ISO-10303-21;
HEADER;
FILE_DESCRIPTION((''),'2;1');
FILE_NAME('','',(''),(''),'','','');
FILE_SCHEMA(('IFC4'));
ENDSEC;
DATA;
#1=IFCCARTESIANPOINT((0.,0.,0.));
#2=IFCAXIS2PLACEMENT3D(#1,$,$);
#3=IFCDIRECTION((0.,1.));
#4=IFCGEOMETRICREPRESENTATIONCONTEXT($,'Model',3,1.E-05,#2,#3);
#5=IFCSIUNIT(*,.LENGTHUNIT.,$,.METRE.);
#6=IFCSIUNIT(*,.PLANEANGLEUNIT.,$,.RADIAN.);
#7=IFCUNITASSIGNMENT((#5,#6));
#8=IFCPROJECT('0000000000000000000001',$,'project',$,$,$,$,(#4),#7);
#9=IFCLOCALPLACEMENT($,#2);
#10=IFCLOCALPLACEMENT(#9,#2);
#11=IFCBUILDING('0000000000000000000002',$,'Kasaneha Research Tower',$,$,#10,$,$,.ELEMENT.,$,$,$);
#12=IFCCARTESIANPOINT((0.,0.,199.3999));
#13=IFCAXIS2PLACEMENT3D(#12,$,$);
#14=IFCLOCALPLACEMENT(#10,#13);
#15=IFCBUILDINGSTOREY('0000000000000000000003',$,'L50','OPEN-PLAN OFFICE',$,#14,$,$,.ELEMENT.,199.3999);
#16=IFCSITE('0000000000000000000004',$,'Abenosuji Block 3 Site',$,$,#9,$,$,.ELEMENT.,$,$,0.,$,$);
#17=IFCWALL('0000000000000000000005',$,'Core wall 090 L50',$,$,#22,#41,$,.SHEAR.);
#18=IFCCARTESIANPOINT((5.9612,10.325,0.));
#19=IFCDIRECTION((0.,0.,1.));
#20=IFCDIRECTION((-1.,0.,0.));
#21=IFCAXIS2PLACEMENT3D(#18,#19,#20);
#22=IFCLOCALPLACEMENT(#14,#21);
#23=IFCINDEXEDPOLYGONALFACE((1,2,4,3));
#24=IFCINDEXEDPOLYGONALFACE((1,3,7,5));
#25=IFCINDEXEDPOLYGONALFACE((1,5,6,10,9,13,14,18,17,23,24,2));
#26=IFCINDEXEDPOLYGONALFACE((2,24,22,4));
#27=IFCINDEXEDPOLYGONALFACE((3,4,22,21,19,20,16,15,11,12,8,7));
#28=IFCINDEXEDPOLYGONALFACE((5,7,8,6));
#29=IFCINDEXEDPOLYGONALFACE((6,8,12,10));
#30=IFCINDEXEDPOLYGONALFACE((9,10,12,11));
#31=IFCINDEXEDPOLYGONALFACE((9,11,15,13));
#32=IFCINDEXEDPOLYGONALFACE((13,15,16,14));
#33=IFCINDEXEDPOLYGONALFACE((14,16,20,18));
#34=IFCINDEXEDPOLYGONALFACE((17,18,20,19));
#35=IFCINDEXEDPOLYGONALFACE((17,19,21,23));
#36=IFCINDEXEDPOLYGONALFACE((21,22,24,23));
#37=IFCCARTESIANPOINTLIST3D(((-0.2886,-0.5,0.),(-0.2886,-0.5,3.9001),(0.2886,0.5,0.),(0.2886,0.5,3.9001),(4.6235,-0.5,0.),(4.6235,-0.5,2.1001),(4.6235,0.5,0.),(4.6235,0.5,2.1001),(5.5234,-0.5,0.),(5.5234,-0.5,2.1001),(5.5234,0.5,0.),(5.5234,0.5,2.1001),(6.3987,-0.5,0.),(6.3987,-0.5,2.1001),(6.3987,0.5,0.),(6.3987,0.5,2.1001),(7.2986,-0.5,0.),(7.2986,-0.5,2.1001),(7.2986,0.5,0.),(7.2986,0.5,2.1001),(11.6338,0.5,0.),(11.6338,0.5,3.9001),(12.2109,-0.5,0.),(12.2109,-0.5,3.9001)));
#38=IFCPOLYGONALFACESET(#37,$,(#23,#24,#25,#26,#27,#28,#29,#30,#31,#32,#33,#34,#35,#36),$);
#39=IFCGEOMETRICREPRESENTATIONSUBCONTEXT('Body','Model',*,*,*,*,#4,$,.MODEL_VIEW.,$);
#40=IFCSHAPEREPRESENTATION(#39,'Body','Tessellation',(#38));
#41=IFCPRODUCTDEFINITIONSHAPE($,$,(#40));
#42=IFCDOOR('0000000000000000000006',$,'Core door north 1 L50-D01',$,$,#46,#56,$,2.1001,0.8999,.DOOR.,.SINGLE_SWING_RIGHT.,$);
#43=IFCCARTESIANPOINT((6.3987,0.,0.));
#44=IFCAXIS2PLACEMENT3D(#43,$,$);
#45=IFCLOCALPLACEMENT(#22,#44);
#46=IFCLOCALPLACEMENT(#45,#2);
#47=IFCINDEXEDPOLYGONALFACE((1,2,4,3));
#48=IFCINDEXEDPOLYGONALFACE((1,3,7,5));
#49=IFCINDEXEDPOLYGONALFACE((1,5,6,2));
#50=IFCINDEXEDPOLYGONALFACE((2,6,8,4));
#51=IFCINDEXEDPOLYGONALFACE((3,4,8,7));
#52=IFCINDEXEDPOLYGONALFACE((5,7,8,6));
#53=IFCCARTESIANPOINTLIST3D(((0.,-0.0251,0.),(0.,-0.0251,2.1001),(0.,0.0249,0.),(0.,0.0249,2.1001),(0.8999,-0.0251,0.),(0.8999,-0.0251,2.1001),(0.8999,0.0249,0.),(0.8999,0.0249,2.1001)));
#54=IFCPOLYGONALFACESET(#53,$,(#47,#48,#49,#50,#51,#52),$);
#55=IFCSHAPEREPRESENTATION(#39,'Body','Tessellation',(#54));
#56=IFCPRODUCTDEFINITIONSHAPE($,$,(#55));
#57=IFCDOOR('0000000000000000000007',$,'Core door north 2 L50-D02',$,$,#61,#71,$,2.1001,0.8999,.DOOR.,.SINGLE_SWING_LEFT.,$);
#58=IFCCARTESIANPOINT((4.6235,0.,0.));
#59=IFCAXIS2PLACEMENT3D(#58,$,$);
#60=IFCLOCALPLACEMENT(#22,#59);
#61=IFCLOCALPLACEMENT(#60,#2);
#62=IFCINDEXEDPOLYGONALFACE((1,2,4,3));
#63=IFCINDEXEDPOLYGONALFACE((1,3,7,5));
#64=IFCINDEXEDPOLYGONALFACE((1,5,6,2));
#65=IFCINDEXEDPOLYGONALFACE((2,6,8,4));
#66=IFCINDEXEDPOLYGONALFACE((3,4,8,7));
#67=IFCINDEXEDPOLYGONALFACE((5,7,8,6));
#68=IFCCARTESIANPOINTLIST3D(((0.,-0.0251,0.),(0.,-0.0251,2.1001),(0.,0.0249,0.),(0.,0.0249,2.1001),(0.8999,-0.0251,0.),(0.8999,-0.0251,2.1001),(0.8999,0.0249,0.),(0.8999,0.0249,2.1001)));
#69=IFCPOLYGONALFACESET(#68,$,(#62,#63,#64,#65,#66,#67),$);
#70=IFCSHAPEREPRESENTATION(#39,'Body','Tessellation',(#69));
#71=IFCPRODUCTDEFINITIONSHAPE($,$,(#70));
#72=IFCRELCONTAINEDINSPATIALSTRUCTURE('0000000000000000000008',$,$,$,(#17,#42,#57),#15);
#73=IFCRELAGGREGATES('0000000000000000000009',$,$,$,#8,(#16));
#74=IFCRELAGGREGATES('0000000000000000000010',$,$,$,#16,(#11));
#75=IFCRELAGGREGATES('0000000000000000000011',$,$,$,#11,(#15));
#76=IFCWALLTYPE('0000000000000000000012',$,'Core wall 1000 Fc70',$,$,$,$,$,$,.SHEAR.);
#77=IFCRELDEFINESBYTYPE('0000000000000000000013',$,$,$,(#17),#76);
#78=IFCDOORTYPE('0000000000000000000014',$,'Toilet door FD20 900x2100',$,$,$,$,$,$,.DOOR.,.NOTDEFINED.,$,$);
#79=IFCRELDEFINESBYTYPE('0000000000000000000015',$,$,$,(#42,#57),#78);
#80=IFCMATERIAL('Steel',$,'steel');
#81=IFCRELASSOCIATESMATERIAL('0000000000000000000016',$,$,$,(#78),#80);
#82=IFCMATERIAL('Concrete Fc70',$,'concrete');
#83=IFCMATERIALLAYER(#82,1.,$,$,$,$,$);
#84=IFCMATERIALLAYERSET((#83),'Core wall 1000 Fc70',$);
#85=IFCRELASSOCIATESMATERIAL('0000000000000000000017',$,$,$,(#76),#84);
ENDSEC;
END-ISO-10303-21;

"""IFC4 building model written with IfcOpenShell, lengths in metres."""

from ifc_helpers import new_model, si_unit, direction, frame, frame_2d, origin, place, context, subcontext, project, spatial, polyline, rectangle, outline, extrude, material, layer, layer_set, type_object, element, fill, save


model = new_model("IFC4")

# Units and contexts
model_context = context("Model", 3, precision=1e-05, world=origin(), true_north=direction((0.0, 1.0)))
body_context = subcontext(model_context, "Body", "Model", "MODEL_VIEW")
ifc_project = project(units=[si_unit("LENGTHUNIT", "METRE"), si_unit("PLANEANGLEUNIT", "RADIAN")], contexts=[model_context])

# Site, building, storey
site_placement = place(None, origin())
site = spatial("IfcSite", under=ifc_project, at=site_placement, Name="Abenosuji Block 3 Site", CompositionType="ELEMENT", RefElevation=0.0)
building_placement = place(site_placement, origin())
building = spatial("IfcBuilding", under=site, at=building_placement, Name="Kasaneha Research Tower", CompositionType="ELEMENT")
storey_placement = place(building_placement, frame((0.0, 0.0, 199.3999)))
storey = spatial("IfcBuildingStorey", under=building, at=storey_placement, Name="L50", Description="OPEN-PLAN OFFICE", CompositionType="ELEMENT", Elevation=199.3999)

# Shared definitions
ifc_material_1 = material(Name="Steel", Category="steel")
door_type_1 = type_object("IfcDoorType", Name="Toilet door FD20 900x2100", OperationType="NOTDEFINED", PredefinedType="DOOR", material=ifc_material_1)

# Wall, openings, doors
ifc_material_2 = material(Name="Concrete Fc70", Category="concrete")
ifc_layer_1 = layer(ifc_material_2, 1.0)
ifc_layer_set_1 = layer_set([ifc_layer_1], Name="Core wall 1000 Fc70")
wall_type_1 = type_object("IfcWallType", Name="Core wall 1000 Fc70", PredefinedType="SHEAR", material=ifc_layer_set_1)
wall_1_placement = place(storey_placement, frame((5.9612, 10.325, 0.0), z_axis=(0.0, 0.0, 1.0), x_axis=(-1.0, 0.0, 0.0)))
wall_1 = element("IfcWall", 1, at=wall_1_placement, inside=storey, type_object=wall_type_1, Name="Core wall 090 L50", PredefinedType="SHEAR", context=body_context, shape_type="SweptSolid", body=[
    extrude(outline(polyline([(-0.2886, -0.5), (4.6235, -0.5), (5.5234, -0.5), (6.3987, -0.5), (7.2986, -0.5), (12.2109, -0.5), (11.6338, 0.5), (7.2986, 0.5), (6.3987, 0.5), (5.5234, 0.5), (4.6235, 0.5), (0.2886, 0.5), (-0.2886, -0.5)])), origin(), (0.0, 0.0, 1.0), 3.9001),
])
opening_1_placement = place(wall_1_placement, frame((6.3987, 0.0, 0.0)))
opening_1 = element("IfcOpeningElement", 2, at=opening_1_placement, cuts=wall_1, PredefinedType="OPENING", context=body_context, shape_type="SweptSolid", body=[
    extrude(rectangle(XDim=0.8999, YDim=2.1001, at=frame_2d((0.45, 1.05))), frame((0.0, 0.51, 0.0), z_axis=(0.0, -1.0, 0.0), x_axis=(1.0, 0.0, 0.0)), (0.0, 0.0, 1.0), 1.02),
])
opening_2_placement = place(wall_1_placement, frame((4.6235, 0.0, 0.0)))
opening_2 = element("IfcOpeningElement", 3, at=opening_2_placement, cuts=wall_1, PredefinedType="OPENING", context=body_context, shape_type="SweptSolid", body=[
    extrude(rectangle(XDim=0.8999, YDim=2.1001, at=frame_2d((0.45, 1.05))), frame((0.0, 0.51, 0.0), z_axis=(0.0, -1.0, 0.0), x_axis=(1.0, 0.0, 0.0)), (0.0, 0.0, 1.0), 1.02),
])
door_1_placement = place(opening_1_placement, origin())
door_1 = element("IfcDoor", 4, at=door_1_placement, inside=storey, type_object=door_type_1, Name="Core door north 1 L50-D01", OperationType="SINGLE_SWING_RIGHT", OverallHeight=2.1001, OverallWidth=0.8999, PredefinedType="DOOR", context=body_context, shape_type="SweptSolid", body=[
    extrude(rectangle(XDim=0.8999, YDim=2.1001, at=frame_2d((0.45, 1.05))), frame((0.0, 0.0249, 0.0), z_axis=(0.0, -1.0, 0.0), x_axis=(1.0, 0.0, 0.0)), (0.0, 0.0, 1.0), 0.05),
])
fill(opening_1, door_1)
door_2_placement = place(opening_2_placement, origin())
door_2 = element("IfcDoor", 5, at=door_2_placement, inside=storey, type_object=door_type_1, Name="Core door north 2 L50-D02", OperationType="SINGLE_SWING_LEFT", OverallHeight=2.1001, OverallWidth=0.8999, PredefinedType="DOOR", context=body_context, shape_type="SweptSolid", body=[
    extrude(rectangle(XDim=0.8999, YDim=2.1001, at=frame_2d((0.45, 1.05))), frame((0.0, 0.0249, 0.0), z_axis=(0.0, -1.0, 0.0), x_axis=(1.0, 0.0, 0.0)), (0.0, 0.0, 1.0), 0.05),
])
fill(opening_2, door_2)

save(model, "model.ifc")
